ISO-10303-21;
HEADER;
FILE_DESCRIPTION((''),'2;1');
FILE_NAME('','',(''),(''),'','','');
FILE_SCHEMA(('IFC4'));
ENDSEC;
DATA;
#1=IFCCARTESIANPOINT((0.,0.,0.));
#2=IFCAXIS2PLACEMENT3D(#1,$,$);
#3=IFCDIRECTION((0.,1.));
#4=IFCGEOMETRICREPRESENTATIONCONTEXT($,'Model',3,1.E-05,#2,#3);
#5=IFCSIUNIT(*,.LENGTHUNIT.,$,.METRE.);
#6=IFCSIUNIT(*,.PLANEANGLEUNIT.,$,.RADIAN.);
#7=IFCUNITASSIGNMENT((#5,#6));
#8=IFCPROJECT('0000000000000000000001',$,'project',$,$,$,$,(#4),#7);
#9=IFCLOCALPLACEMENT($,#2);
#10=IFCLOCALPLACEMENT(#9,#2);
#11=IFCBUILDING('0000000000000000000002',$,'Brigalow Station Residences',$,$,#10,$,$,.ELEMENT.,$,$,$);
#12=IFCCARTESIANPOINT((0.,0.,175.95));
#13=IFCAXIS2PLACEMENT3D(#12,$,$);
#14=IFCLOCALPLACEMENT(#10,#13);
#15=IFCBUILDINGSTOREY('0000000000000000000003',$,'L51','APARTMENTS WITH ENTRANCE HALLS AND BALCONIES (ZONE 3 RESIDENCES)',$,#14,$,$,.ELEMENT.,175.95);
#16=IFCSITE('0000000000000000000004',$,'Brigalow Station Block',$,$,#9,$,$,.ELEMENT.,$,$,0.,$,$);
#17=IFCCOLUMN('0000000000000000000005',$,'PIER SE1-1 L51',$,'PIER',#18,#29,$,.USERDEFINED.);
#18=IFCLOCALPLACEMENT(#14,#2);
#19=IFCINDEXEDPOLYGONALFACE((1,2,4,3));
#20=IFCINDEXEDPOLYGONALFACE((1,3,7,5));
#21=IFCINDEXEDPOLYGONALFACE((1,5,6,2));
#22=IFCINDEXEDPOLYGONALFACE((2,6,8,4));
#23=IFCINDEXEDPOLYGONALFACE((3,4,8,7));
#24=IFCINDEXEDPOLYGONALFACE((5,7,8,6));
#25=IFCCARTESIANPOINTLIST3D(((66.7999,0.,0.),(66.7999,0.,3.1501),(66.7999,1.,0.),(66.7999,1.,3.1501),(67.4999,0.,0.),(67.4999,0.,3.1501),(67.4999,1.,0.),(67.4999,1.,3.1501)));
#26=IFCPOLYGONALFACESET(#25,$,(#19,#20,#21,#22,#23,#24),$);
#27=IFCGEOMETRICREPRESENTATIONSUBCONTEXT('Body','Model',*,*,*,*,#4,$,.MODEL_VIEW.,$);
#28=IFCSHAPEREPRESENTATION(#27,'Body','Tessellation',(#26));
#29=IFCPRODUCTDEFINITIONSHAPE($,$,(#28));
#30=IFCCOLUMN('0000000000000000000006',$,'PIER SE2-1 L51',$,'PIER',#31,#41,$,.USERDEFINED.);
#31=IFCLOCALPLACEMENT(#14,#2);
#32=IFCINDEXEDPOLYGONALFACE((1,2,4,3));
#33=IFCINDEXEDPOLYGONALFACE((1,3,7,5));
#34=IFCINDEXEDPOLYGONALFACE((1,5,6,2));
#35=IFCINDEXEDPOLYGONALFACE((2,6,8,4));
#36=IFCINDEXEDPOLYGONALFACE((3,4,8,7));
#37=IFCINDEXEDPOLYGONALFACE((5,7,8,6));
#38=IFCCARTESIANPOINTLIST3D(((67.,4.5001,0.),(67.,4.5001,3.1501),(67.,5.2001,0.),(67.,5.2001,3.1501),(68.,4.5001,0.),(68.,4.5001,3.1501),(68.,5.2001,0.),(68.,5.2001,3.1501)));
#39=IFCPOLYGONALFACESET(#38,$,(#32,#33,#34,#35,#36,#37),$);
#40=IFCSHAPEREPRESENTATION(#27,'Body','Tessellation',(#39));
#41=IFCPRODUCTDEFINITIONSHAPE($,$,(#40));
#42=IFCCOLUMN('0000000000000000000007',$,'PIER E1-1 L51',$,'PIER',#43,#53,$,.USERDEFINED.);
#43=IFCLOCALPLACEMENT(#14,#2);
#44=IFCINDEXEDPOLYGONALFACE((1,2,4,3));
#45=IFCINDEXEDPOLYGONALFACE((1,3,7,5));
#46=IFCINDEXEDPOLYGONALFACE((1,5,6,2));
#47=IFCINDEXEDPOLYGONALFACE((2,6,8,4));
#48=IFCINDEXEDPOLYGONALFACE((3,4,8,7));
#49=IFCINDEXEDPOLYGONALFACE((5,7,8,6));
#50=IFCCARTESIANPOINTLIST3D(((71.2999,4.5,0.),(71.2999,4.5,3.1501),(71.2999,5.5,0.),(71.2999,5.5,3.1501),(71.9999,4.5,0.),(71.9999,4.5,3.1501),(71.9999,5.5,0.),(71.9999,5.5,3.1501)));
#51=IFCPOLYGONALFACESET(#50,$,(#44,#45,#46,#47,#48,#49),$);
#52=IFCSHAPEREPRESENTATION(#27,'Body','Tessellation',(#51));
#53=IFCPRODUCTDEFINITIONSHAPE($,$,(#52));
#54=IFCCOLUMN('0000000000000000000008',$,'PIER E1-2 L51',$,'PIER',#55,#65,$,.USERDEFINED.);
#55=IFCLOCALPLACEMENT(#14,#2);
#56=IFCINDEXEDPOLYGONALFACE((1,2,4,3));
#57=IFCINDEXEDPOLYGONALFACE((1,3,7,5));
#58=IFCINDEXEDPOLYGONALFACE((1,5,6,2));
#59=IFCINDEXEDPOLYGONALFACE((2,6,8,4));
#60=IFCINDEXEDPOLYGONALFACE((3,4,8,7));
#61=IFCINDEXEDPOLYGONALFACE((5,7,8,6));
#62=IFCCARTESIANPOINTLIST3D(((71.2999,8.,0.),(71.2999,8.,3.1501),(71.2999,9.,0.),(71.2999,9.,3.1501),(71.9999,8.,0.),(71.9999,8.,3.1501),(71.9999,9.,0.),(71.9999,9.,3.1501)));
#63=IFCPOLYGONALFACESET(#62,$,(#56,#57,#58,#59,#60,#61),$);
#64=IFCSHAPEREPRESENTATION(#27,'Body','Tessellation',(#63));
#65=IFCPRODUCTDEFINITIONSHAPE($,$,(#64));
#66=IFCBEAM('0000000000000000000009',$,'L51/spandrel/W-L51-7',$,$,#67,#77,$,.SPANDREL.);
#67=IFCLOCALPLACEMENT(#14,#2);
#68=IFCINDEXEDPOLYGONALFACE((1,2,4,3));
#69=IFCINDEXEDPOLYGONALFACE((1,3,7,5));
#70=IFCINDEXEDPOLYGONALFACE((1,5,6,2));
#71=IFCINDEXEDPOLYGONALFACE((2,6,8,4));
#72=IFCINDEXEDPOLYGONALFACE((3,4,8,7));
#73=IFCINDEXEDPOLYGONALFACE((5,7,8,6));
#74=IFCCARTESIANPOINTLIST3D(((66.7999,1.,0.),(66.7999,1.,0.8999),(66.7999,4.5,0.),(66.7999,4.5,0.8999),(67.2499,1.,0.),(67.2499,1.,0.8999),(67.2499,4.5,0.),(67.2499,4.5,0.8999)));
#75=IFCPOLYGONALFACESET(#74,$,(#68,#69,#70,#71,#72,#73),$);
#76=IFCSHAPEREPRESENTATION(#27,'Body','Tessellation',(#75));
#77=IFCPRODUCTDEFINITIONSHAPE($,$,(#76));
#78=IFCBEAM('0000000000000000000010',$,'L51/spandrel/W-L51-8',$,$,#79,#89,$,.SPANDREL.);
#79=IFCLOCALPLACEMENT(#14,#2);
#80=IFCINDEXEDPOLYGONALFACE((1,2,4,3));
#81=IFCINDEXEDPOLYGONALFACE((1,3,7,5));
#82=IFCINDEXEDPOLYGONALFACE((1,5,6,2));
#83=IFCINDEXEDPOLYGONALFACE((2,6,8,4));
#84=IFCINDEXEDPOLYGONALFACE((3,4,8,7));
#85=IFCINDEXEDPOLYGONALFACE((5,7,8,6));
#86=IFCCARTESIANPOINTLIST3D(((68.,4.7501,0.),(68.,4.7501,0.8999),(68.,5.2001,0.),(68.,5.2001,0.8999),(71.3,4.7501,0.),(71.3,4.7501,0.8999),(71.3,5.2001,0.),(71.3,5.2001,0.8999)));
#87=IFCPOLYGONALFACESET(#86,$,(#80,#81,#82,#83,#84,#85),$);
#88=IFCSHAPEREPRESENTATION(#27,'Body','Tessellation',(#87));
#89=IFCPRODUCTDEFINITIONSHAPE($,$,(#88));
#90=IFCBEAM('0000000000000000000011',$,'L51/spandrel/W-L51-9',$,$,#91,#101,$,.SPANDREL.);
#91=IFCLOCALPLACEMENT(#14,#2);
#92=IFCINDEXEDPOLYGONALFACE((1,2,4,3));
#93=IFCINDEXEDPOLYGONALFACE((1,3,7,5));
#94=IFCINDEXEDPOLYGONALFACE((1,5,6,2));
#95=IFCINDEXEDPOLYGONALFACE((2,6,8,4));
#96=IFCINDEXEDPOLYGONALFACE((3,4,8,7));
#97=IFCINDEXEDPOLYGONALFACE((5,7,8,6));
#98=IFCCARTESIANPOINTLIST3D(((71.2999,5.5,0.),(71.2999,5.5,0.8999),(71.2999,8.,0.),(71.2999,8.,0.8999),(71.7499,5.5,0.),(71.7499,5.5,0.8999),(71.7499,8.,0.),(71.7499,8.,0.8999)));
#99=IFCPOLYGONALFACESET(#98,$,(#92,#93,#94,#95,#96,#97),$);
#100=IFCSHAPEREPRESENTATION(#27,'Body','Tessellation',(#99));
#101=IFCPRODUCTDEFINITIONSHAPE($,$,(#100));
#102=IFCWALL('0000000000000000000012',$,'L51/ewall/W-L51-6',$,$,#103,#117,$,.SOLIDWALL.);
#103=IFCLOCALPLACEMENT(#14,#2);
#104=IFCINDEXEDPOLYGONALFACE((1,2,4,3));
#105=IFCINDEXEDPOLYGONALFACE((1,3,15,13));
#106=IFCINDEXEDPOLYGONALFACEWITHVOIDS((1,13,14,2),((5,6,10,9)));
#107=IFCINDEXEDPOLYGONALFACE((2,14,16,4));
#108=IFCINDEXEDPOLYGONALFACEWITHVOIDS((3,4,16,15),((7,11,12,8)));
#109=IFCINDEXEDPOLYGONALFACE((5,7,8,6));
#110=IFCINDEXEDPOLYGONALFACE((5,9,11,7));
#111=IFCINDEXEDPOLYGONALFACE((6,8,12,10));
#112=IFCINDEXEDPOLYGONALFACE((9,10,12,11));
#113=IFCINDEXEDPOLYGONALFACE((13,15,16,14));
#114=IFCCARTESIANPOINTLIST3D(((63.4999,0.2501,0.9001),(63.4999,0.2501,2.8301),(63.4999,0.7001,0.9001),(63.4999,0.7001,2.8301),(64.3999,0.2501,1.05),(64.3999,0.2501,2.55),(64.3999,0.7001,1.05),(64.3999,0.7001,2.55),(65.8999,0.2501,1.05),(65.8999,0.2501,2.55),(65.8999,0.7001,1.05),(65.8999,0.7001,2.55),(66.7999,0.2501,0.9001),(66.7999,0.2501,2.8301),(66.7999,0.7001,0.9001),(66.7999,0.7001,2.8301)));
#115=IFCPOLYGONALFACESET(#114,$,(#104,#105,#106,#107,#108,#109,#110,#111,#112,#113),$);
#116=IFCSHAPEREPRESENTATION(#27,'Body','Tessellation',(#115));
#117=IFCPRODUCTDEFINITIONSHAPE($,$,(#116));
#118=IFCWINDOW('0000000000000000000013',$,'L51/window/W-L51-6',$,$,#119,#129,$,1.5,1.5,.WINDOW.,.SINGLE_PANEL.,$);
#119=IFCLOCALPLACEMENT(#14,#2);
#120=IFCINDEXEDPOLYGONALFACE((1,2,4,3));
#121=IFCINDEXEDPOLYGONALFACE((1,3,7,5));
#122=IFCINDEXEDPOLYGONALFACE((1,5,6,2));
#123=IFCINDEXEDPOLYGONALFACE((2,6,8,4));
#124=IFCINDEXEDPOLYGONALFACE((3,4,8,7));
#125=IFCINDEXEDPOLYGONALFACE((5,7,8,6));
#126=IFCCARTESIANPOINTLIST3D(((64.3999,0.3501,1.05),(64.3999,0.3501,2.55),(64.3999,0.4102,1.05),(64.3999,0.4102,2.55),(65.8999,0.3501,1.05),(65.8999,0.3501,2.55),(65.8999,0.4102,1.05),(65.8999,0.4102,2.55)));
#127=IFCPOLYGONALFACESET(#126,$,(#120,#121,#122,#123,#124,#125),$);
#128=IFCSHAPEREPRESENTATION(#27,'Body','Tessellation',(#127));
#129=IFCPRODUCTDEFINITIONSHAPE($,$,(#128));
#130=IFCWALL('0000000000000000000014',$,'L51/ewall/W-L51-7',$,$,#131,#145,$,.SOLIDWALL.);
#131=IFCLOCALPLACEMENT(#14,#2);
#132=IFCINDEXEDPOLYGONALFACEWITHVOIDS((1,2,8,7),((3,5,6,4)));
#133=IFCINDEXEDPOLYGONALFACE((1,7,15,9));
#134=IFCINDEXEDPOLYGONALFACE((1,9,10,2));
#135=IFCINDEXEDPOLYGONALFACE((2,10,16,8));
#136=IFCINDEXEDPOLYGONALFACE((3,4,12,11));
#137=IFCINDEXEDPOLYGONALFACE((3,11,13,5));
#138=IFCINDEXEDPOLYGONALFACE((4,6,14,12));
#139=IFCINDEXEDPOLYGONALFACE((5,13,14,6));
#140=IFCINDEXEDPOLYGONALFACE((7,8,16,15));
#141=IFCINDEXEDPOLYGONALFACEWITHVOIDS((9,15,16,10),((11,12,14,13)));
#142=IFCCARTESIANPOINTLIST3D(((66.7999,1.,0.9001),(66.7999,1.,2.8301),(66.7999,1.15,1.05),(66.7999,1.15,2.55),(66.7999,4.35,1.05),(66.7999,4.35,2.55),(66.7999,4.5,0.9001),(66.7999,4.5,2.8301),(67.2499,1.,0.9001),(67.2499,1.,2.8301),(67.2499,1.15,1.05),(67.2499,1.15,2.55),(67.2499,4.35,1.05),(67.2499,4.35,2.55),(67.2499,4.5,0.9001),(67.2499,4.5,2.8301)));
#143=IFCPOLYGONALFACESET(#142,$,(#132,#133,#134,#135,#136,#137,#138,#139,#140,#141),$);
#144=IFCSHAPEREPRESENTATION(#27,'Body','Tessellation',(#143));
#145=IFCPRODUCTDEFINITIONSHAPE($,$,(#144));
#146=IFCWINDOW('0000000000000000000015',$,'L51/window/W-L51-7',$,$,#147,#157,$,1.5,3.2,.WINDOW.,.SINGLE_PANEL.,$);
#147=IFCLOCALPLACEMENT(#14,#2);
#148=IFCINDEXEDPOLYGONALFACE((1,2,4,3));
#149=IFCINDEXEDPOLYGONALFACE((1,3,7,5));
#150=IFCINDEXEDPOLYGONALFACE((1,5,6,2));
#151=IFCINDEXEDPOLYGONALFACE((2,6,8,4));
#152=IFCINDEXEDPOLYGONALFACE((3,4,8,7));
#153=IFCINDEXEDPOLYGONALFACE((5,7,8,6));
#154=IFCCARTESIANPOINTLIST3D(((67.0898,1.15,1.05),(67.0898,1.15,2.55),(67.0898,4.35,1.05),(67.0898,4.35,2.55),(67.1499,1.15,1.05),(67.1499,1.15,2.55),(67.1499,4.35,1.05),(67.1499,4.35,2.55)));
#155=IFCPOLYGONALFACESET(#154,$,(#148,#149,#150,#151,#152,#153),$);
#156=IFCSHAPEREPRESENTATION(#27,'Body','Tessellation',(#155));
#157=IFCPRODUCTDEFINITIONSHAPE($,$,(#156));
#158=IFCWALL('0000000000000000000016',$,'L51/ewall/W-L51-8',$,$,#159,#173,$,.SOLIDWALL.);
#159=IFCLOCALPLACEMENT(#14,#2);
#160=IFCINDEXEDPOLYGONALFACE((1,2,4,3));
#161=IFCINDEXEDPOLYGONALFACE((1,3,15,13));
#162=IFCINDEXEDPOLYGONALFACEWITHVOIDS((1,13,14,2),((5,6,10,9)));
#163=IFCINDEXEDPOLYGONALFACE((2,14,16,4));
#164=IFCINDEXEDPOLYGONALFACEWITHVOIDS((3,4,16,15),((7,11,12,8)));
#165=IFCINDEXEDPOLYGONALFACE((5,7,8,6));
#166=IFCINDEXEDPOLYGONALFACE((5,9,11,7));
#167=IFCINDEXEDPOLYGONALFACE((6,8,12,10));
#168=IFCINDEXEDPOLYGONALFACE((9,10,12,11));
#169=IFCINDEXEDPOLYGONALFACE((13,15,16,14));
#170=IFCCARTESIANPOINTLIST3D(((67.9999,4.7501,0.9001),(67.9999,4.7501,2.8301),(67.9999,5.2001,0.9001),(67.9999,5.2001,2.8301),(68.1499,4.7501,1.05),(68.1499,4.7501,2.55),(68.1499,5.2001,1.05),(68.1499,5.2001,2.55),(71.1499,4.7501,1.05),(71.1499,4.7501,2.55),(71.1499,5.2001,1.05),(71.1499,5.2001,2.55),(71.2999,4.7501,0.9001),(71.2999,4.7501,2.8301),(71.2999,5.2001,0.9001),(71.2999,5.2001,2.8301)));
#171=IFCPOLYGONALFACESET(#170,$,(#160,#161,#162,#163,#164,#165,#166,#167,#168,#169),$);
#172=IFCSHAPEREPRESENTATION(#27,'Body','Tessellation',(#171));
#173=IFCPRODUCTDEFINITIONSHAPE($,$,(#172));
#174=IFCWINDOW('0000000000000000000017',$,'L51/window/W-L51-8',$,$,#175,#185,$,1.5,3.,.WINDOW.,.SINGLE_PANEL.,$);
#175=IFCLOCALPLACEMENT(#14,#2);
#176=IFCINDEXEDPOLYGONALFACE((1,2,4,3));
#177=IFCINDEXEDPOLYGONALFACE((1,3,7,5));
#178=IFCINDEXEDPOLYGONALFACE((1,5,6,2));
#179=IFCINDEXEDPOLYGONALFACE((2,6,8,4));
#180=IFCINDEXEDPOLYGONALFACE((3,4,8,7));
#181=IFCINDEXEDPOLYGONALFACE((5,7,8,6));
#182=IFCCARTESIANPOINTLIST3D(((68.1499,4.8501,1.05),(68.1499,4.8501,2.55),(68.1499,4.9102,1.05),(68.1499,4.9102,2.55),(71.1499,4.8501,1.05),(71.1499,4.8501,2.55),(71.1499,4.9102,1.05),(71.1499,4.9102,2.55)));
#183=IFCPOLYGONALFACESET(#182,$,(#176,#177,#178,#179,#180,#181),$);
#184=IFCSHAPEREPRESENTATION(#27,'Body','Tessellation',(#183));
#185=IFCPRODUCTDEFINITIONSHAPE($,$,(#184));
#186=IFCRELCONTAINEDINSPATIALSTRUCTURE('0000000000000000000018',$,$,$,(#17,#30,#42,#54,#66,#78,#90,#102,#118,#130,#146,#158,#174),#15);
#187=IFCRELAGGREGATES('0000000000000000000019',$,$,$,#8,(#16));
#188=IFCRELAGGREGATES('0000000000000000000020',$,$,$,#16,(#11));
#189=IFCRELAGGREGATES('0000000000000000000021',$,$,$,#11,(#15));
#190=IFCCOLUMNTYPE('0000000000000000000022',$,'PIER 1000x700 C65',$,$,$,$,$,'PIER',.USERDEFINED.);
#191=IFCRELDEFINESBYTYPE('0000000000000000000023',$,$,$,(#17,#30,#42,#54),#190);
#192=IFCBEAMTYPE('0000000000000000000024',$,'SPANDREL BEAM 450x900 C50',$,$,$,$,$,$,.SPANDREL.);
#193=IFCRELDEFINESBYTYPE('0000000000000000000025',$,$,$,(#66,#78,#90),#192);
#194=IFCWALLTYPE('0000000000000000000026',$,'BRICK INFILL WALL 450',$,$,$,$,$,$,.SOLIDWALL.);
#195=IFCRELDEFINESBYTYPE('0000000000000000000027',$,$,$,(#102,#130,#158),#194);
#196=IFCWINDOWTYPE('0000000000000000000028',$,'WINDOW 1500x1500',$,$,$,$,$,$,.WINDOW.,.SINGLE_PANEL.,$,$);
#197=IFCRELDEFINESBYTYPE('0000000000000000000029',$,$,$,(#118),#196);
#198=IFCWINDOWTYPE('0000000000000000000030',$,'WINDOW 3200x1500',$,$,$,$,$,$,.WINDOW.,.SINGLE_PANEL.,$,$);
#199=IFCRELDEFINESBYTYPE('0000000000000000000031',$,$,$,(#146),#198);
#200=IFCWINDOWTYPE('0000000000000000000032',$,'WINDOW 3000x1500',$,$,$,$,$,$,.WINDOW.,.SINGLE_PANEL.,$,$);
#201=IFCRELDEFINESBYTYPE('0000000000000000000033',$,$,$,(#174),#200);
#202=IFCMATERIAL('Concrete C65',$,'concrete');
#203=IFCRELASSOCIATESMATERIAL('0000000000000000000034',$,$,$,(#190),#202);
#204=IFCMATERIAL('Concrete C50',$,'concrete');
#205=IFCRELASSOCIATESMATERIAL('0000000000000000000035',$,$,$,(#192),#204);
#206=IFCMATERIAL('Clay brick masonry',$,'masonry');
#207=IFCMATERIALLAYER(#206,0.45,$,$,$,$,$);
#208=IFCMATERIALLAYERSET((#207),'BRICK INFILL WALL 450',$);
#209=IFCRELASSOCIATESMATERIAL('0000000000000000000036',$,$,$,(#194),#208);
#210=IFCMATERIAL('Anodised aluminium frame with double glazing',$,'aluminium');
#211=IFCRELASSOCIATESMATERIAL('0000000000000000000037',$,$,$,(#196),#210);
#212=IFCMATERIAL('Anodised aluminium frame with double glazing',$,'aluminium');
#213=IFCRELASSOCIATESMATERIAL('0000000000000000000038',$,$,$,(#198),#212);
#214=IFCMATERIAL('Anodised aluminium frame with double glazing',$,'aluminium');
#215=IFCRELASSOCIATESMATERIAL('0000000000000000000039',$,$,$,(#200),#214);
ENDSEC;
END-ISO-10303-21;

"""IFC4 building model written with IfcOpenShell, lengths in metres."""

from ifc_helpers import new_model, si_unit, direction, frame, frame_2d, origin, origin_2d, place, context, subcontext, project, spatial, rectangle, extrude, material, layer, layer_set, material_profile, profile_set, type_object, element, fill, save


model = new_model("IFC4")

# Units and contexts
model_context = context("Model", 3, precision=1e-05, world=origin(), true_north=direction((0.0, 1.0)))
body_context = subcontext(model_context, "Body", "Model", "MODEL_VIEW")
ifc_project = project(units=[si_unit("LENGTHUNIT", "METRE"), si_unit("PLANEANGLEUNIT", "RADIAN")], contexts=[model_context])

# Site, building, storey
site_placement = place(None, origin())
site = spatial("IfcSite", under=ifc_project, at=site_placement, Name="Brigalow Station Block", CompositionType="ELEMENT", RefElevation=0.0)
building_placement = place(site_placement, origin())
building = spatial("IfcBuilding", under=site, at=building_placement, Name="Brigalow Station Residences", CompositionType="ELEMENT")
storey_placement = place(building_placement, frame((0.0, 0.0, 175.95)))
storey = spatial("IfcBuildingStorey", under=building, at=storey_placement, Name="L51", Description="APARTMENTS WITH ENTRANCE HALLS AND BALCONIES (ZONE 3 RESIDENCES)", CompositionType="ELEMENT", Elevation=175.95)

# Columns
ifc_material_1 = material(Name="Concrete C65", Category="concrete")
ifc_material_profile_1 = material_profile(ifc_material_1, rectangle(XDim=1.0, YDim=0.7, at=origin_2d()), Name="RC1000x700")
ifc_profile_set_1 = profile_set([ifc_material_profile_1], Name="Concrete C65")
column_type = type_object("IfcColumnType", Name="PIER 1000x700 C65", ElementType="PIER", PredefinedType="USERDEFINED", material=ifc_profile_set_1)
for number, where, z_axis, x_axis, name in (
    (1, (67.1499, 0.5, 0.0), (0.0, 0.0, 1.0), (0.0, 1.0, 0.0), "PIER SE1-1 L51"),
    (2, (67.5, 4.8501, 0.0), (0.0, 0.0, 1.0), (1.0, 0.0, 0.0), "PIER SE2-1 L51"),
    (3, (71.6499, 5.0, 0.0), (0.0, 0.0, 1.0), (0.0, 1.0, 0.0), "PIER E1-1 L51"),
    (4, (71.6499, 8.5, 0.0), (0.0, 0.0, 1.0), (0.0, 1.0, 0.0), "PIER E1-2 L51"),
):
    element("IfcColumn", number, at=place(storey_placement, frame(where, z_axis=z_axis, x_axis=x_axis)), inside=storey, type_object=column_type, Name=name, ObjectType="PIER", PredefinedType="USERDEFINED", context=body_context, shape_type="SweptSolid", body=[
        extrude(rectangle(XDim=1.0, YDim=0.7, at=origin_2d()), origin(), (0.0, 0.0, 1.0), 3.1501),
    ])

# Beams
ifc_material_2 = material(Name="Concrete C50", Category="concrete")
ifc_material_profile_2 = material_profile(ifc_material_2, rectangle(XDim=0.45, YDim=0.8999, at=origin_2d()), Name="RC450x900")
ifc_profile_set_2 = profile_set([ifc_material_profile_2], Name="Concrete C50")
beam_type = type_object("IfcBeamType", Name="SPANDREL BEAM 450x900 C50", PredefinedType="SPANDREL", material=ifc_profile_set_2)
beam_1_placement = place(storey_placement, frame((67.0249, 1.0, 0.45), z_axis=(0.0, 1.0, 0.0), x_axis=(-1.0, 0.0, 0.0)))
element("IfcBeam", 5, at=beam_1_placement, inside=storey, type_object=beam_type, Name="L51/spandrel/W-L51-7", PredefinedType="SPANDREL", context=body_context, shape_type="SweptSolid", body=[
    extrude(rectangle(XDim=0.45, YDim=0.8999, at=origin_2d()), origin(), (0.0, 0.0, 1.0), 3.5),
])
beam_2_placement = place(storey_placement, frame((68.0, 4.9751, 0.45), z_axis=(1.0, 0.0, 0.0), x_axis=(0.0, 1.0, 0.0)))
element("IfcBeam", 6, at=beam_2_placement, inside=storey, type_object=beam_type, Name="L51/spandrel/W-L51-8", PredefinedType="SPANDREL", context=body_context, shape_type="SweptSolid", body=[
    extrude(rectangle(XDim=0.45, YDim=0.8999, at=origin_2d()), origin(), (0.0, 0.0, 1.0), 3.3),
])
beam_3_placement = place(storey_placement, frame((71.5249, 5.5, 0.45), z_axis=(0.0, 1.0, 0.0), x_axis=(-1.0, 0.0, 0.0)))
element("IfcBeam", 7, at=beam_3_placement, inside=storey, type_object=beam_type, Name="L51/spandrel/W-L51-9", PredefinedType="SPANDREL", context=body_context, shape_type="SweptSolid", body=[
    extrude(rectangle(XDim=0.45, YDim=0.8999, at=origin_2d()), origin(), (0.0, 0.0, 1.0), 2.5),
])

# Walls, openings, windows
ifc_material_3 = material(Name="Clay brick masonry", Category="masonry")
ifc_layer_1 = layer(ifc_material_3, 0.45)
ifc_layer_set_1 = layer_set([ifc_layer_1], Name="BRICK INFILL WALL 450")
wall_type_1 = type_object("IfcWallType", Name="BRICK INFILL WALL 450", PredefinedType="SOLIDWALL", material=ifc_layer_set_1)
wall_1_placement = place(storey_placement, frame((63.5, 0.4751, 0.9001), z_axis=(0.0, 0.0, 1.0), x_axis=(1.0, 0.0, 0.0)))
wall_1 = element("IfcWall", 8, at=wall_1_placement, inside=storey, type_object=wall_type_1, Name="L51/ewall/W-L51-6", PredefinedType="SOLIDWALL", context=body_context, shape_type="SweptSolid", body=[
    extrude(rectangle(XDim=3.3, YDim=0.45, at=frame_2d((1.6499, 0.0))), origin(), (0.0, 0.0, 1.0), 1.9299),
])
opening_1_placement = place(wall_1_placement, frame((0.8999, 0.0, 0.1499)))
opening_1 = element("IfcOpeningElement", 9, at=opening_1_placement, cuts=wall_1, PredefinedType="OPENING", context=body_context, shape_type="SweptSolid", body=[
    extrude(rectangle(XDim=1.5, YDim=1.5, at=frame_2d((0.75, 0.75))), frame((0.0, 0.2349, 0.0), z_axis=(0.0, -1.0, 0.0), x_axis=(1.0, 0.0, 0.0)), (0.0, 0.0, 1.0), 0.47),
])
ifc_material_4 = material(Name="Anodised aluminium frame with double glazing", Category="aluminium")
window_type_1 = type_object("IfcWindowType", Name="WINDOW 1500x1500", PartitioningType="SINGLE_PANEL", PredefinedType="WINDOW", material=ifc_material_4)
window_1_placement = place(opening_1_placement, origin())
window_1 = element("IfcWindow", 10, at=window_1_placement, inside=storey, type_object=window_type_1, Name="L51/window/W-L51-6", OverallHeight=1.5, OverallWidth=1.5, PartitioningType="SINGLE_PANEL", PredefinedType="WINDOW", context=body_context, shape_type="SweptSolid", body=[
    extrude(rectangle(XDim=1.5, YDim=1.5, at=frame_2d((0.75, 0.75))), frame((0.0, -0.0649, 0.0), z_axis=(0.0, -1.0, 0.0), x_axis=(1.0, 0.0, 0.0)), (0.0, 0.0, 1.0), 0.0601),
])
fill(opening_1, window_1)
wall_2_placement = place(storey_placement, frame((67.0249, 1.0, 0.9001), z_axis=(0.0, 0.0, 1.0), x_axis=(0.0, 1.0, 0.0)))
wall_2 = element("IfcWall", 11, at=wall_2_placement, inside=storey, type_object=wall_type_1, Name="L51/ewall/W-L51-7", PredefinedType="SOLIDWALL", context=body_context, shape_type="SweptSolid", body=[
    extrude(rectangle(XDim=3.5, YDim=0.45, at=frame_2d((1.75, 0.0))), origin(), (0.0, 0.0, 1.0), 1.9299),
])
opening_2_placement = place(wall_2_placement, frame((0.1499, 0.0, 0.1499)))
opening_2 = element("IfcOpeningElement", 12, at=opening_2_placement, cuts=wall_2, PredefinedType="OPENING", context=body_context, shape_type="SweptSolid", body=[
    extrude(rectangle(XDim=3.2, YDim=1.5, at=frame_2d((1.6001, 0.75))), frame((0.0, 0.2349, 0.0), z_axis=(0.0, -1.0, 0.0), x_axis=(1.0, 0.0, 0.0)), (0.0, 0.0, 1.0), 0.47),
])
ifc_material_5 = material(Name="Anodised aluminium frame with double glazing", Category="aluminium")
window_type_2 = type_object("IfcWindowType", Name="WINDOW 3200x1500", PartitioningType="SINGLE_PANEL", PredefinedType="WINDOW", material=ifc_material_5)
window_2_placement = place(opening_2_placement, origin())
window_2 = element("IfcWindow", 13, at=window_2_placement, inside=storey, type_object=window_type_2, Name="L51/window/W-L51-7", OverallHeight=1.5, OverallWidth=3.2, PartitioningType="SINGLE_PANEL", PredefinedType="WINDOW", context=body_context, shape_type="SweptSolid", body=[
    extrude(rectangle(XDim=3.2, YDim=1.5, at=frame_2d((1.6001, 0.75))), frame((0.0, -0.0649, 0.0), z_axis=(0.0, -1.0, 0.0), x_axis=(1.0, 0.0, 0.0)), (0.0, 0.0, 1.0), 0.0601),
])
fill(opening_2, window_2)
wall_3_placement = place(storey_placement, frame((68.0, 4.9751, 0.9001), z_axis=(0.0, 0.0, 1.0), x_axis=(1.0, 0.0, 0.0)))
wall_3 = element("IfcWall", 14, at=wall_3_placement, inside=storey, type_object=wall_type_1, Name="L51/ewall/W-L51-8", PredefinedType="SOLIDWALL", context=body_context, shape_type="SweptSolid", body=[
    extrude(rectangle(XDim=3.3, YDim=0.45, at=frame_2d((1.6499, 0.0))), origin(), (0.0, 0.0, 1.0), 1.9299),
])
opening_3_placement = place(wall_3_placement, frame((0.1499, 0.0, 0.1499)))
opening_3 = element("IfcOpeningElement", 15, at=opening_3_placement, cuts=wall_3, PredefinedType="OPENING", context=body_context, shape_type="SweptSolid", body=[
    extrude(rectangle(XDim=3.0, YDim=1.5, at=frame_2d((1.5, 0.75))), frame((0.0, 0.2349, 0.0), z_axis=(0.0, -1.0, 0.0), x_axis=(1.0, 0.0, 0.0)), (0.0, 0.0, 1.0), 0.47),
])
ifc_material_6 = material(Name="Anodised aluminium frame with double glazing", Category="aluminium")
window_type_3 = type_object("IfcWindowType", Name="WINDOW 3000x1500", PartitioningType="SINGLE_PANEL", PredefinedType="WINDOW", material=ifc_material_6)
window_3_placement = place(opening_3_placement, origin())
window_3 = element("IfcWindow", 16, at=window_3_placement, inside=storey, type_object=window_type_3, Name="L51/window/W-L51-8", OverallHeight=1.5, OverallWidth=3.0, PartitioningType="SINGLE_PANEL", PredefinedType="WINDOW", context=body_context, shape_type="SweptSolid", body=[
    extrude(rectangle(XDim=3.0, YDim=1.5, at=frame_2d((1.5, 0.75))), frame((0.0, -0.0649, 0.0), z_axis=(0.0, -1.0, 0.0), x_axis=(1.0, 0.0, 0.0)), (0.0, 0.0, 1.0), 0.0601),
])
fill(opening_3, window_3)

save(model, "model.ifc")
